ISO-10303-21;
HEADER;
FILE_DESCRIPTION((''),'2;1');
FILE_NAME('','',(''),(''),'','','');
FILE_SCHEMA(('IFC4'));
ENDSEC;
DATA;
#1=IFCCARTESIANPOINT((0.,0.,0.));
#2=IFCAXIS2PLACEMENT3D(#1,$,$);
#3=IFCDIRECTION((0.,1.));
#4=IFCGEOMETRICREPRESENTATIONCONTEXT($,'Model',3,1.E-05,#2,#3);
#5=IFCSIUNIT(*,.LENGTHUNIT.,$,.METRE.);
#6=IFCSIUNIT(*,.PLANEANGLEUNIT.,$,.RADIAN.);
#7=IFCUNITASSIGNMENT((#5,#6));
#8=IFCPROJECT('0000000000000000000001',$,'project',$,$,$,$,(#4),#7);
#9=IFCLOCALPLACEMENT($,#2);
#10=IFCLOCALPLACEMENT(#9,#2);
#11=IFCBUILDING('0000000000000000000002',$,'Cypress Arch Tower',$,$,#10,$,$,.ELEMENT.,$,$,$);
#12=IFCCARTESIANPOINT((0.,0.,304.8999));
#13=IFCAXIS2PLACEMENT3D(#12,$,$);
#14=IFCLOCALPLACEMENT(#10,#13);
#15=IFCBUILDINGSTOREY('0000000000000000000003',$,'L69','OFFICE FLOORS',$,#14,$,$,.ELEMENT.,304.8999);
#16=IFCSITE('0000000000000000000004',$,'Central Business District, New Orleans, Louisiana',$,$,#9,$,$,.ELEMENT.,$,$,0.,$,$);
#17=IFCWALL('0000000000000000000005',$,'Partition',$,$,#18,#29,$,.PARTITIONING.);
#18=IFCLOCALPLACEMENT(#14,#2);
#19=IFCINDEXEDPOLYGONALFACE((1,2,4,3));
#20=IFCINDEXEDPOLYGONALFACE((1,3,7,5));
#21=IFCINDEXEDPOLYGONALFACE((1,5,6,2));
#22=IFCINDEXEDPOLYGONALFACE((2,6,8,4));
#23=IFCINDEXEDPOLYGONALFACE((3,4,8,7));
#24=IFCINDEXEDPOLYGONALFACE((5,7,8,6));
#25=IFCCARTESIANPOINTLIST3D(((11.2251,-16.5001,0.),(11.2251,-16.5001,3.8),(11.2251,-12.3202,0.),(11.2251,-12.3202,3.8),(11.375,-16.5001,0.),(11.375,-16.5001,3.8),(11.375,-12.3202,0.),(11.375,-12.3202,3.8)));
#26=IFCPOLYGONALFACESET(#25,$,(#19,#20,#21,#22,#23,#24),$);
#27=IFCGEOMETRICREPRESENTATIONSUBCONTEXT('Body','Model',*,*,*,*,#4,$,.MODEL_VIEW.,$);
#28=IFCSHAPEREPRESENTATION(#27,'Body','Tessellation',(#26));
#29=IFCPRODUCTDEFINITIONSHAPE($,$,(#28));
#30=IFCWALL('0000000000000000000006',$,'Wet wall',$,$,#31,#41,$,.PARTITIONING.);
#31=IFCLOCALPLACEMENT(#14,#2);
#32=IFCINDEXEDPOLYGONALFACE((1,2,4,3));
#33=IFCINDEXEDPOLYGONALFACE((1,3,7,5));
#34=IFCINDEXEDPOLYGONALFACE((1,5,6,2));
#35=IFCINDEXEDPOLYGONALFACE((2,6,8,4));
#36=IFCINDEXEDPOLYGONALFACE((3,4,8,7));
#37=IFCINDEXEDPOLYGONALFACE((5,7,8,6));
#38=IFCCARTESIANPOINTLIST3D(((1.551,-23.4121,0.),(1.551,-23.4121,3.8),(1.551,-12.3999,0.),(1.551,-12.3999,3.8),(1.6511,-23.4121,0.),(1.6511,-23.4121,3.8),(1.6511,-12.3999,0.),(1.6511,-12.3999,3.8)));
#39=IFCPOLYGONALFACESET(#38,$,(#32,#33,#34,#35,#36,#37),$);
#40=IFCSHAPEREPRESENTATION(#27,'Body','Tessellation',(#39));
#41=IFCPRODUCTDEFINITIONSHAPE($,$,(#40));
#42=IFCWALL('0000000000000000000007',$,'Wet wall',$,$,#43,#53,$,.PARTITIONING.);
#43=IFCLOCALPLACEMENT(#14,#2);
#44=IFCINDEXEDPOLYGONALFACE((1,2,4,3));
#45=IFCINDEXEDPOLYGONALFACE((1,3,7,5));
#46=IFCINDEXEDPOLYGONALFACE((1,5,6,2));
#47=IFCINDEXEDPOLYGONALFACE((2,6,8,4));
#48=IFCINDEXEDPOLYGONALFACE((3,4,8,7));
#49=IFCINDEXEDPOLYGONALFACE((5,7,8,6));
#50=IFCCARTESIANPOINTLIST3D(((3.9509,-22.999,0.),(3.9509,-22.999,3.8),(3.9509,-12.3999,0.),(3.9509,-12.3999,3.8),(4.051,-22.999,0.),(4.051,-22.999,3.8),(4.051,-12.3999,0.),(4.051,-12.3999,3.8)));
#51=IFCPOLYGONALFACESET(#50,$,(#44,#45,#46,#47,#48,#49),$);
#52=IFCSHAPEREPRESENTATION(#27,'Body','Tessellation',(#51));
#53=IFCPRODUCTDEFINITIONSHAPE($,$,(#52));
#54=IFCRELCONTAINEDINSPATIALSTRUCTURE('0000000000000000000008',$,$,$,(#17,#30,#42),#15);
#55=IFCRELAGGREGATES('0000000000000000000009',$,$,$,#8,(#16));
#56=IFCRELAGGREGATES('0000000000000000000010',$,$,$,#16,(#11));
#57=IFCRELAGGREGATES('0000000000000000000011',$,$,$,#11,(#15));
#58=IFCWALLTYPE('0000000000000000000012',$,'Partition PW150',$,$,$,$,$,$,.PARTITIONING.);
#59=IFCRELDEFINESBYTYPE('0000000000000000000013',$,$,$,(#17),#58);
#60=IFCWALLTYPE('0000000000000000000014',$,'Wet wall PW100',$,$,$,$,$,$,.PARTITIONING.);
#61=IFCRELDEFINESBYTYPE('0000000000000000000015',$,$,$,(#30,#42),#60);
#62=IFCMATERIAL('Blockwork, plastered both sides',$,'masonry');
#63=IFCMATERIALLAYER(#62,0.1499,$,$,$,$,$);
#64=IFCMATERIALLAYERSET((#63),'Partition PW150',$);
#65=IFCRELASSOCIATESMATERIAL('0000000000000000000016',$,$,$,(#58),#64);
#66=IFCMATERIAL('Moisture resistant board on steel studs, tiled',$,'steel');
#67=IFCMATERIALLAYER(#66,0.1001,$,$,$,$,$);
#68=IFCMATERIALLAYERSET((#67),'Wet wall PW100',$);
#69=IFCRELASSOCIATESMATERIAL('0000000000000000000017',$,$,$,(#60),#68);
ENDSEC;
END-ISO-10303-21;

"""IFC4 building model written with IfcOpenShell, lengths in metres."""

from ifc_helpers import new_model, si_unit, direction, frame, frame_2d, origin, place, context, subcontext, project, spatial, rectangle, extrude, material, layer, layer_set, type_object, element, save


model = new_model("IFC4")

# Units and contexts
model_context = context("Model", 3, precision=1e-05, world=origin(), true_north=direction((0.0, 1.0)))
body_context = subcontext(model_context, "Body", "Model", "MODEL_VIEW")
ifc_project = project(units=[si_unit("LENGTHUNIT", "METRE"), si_unit("PLANEANGLEUNIT", "RADIAN")], contexts=[model_context])

# Site, building, storey
site_placement = place(None, origin())
site = spatial("IfcSite", under=ifc_project, at=site_placement, Name="Central Business District, New Orleans, Louisiana", CompositionType="ELEMENT", RefElevation=0.0)
building_placement = place(site_placement, origin())
building = spatial("IfcBuilding", under=site, at=building_placement, Name="Cypress Arch Tower", CompositionType="ELEMENT")
storey_placement = place(building_placement, frame((0.0, 0.0, 304.8999)))
storey = spatial("IfcBuildingStorey", under=building, at=storey_placement, Name="L69", Description="OFFICE FLOORS", CompositionType="ELEMENT", Elevation=304.8999)

# Shared definitions
ifc_material_1 = material(Name="Blockwork, plastered both sides", Category="masonry")
ifc_layer_1 = layer(ifc_material_1, 0.1499)
ifc_layer_set_1 = layer_set([ifc_layer_1], Name="Partition PW150")
wall_type_1 = type_object("IfcWallType", Name="Partition PW150", PredefinedType="PARTITIONING", material=ifc_layer_set_1)

# Walls
wall_1_placement = place(storey_placement, frame((11.3, -16.5, 0.0), z_axis=(0.0, 0.0, 1.0), x_axis=(0.0, 1.0, 0.0)))
element("IfcWall", 1, at=wall_1_placement, inside=storey, type_object=wall_type_1, Name="Partition", PredefinedType="PARTITIONING", context=body_context, shape_type="SweptSolid", body=[
    extrude(rectangle(XDim=4.1799, YDim=0.1499, at=frame_2d((2.0898, 0.0))), origin(), (0.0, 0.0, 1.0), 3.8),
])
ifc_material_2 = material(Name="Moisture resistant board on steel studs, tiled", Category="steel")
ifc_layer_2 = layer(ifc_material_2, 0.1001)
ifc_layer_set_2 = layer_set([ifc_layer_2], Name="Wet wall PW100")
wall_type_2 = type_object("IfcWallType", Name="Wet wall PW100", PredefinedType="PARTITIONING", material=ifc_layer_set_2)
wall_2_placement = place(storey_placement, frame((1.6011, -23.4121, 0.0), z_axis=(0.0, 0.0, 1.0), x_axis=(0.0, 1.0, 0.0)))
element("IfcWall", 2, at=wall_2_placement, inside=storey, type_object=wall_type_2, Name="Wet wall", PredefinedType="PARTITIONING", context=body_context, shape_type="SweptSolid", body=[
    extrude(rectangle(XDim=11.0122, YDim=0.1001, at=frame_2d((5.5061, 0.0))), origin(), (0.0, 0.0, 1.0), 3.8),
])
wall_3_placement = place(storey_placement, frame((4.001, -22.999, 0.0), z_axis=(0.0, 0.0, 1.0), x_axis=(0.0, 1.0, 0.0)))
element("IfcWall", 3, at=wall_3_placement, inside=storey, type_object=wall_type_2, Name="Wet wall", PredefinedType="PARTITIONING", context=body_context, shape_type="SweptSolid", body=[
    extrude(rectangle(XDim=10.5991, YDim=0.1001, at=frame_2d((5.2996, 0.0))), origin(), (0.0, 0.0, 1.0), 3.8),
])

save(model, "model.ifc")
